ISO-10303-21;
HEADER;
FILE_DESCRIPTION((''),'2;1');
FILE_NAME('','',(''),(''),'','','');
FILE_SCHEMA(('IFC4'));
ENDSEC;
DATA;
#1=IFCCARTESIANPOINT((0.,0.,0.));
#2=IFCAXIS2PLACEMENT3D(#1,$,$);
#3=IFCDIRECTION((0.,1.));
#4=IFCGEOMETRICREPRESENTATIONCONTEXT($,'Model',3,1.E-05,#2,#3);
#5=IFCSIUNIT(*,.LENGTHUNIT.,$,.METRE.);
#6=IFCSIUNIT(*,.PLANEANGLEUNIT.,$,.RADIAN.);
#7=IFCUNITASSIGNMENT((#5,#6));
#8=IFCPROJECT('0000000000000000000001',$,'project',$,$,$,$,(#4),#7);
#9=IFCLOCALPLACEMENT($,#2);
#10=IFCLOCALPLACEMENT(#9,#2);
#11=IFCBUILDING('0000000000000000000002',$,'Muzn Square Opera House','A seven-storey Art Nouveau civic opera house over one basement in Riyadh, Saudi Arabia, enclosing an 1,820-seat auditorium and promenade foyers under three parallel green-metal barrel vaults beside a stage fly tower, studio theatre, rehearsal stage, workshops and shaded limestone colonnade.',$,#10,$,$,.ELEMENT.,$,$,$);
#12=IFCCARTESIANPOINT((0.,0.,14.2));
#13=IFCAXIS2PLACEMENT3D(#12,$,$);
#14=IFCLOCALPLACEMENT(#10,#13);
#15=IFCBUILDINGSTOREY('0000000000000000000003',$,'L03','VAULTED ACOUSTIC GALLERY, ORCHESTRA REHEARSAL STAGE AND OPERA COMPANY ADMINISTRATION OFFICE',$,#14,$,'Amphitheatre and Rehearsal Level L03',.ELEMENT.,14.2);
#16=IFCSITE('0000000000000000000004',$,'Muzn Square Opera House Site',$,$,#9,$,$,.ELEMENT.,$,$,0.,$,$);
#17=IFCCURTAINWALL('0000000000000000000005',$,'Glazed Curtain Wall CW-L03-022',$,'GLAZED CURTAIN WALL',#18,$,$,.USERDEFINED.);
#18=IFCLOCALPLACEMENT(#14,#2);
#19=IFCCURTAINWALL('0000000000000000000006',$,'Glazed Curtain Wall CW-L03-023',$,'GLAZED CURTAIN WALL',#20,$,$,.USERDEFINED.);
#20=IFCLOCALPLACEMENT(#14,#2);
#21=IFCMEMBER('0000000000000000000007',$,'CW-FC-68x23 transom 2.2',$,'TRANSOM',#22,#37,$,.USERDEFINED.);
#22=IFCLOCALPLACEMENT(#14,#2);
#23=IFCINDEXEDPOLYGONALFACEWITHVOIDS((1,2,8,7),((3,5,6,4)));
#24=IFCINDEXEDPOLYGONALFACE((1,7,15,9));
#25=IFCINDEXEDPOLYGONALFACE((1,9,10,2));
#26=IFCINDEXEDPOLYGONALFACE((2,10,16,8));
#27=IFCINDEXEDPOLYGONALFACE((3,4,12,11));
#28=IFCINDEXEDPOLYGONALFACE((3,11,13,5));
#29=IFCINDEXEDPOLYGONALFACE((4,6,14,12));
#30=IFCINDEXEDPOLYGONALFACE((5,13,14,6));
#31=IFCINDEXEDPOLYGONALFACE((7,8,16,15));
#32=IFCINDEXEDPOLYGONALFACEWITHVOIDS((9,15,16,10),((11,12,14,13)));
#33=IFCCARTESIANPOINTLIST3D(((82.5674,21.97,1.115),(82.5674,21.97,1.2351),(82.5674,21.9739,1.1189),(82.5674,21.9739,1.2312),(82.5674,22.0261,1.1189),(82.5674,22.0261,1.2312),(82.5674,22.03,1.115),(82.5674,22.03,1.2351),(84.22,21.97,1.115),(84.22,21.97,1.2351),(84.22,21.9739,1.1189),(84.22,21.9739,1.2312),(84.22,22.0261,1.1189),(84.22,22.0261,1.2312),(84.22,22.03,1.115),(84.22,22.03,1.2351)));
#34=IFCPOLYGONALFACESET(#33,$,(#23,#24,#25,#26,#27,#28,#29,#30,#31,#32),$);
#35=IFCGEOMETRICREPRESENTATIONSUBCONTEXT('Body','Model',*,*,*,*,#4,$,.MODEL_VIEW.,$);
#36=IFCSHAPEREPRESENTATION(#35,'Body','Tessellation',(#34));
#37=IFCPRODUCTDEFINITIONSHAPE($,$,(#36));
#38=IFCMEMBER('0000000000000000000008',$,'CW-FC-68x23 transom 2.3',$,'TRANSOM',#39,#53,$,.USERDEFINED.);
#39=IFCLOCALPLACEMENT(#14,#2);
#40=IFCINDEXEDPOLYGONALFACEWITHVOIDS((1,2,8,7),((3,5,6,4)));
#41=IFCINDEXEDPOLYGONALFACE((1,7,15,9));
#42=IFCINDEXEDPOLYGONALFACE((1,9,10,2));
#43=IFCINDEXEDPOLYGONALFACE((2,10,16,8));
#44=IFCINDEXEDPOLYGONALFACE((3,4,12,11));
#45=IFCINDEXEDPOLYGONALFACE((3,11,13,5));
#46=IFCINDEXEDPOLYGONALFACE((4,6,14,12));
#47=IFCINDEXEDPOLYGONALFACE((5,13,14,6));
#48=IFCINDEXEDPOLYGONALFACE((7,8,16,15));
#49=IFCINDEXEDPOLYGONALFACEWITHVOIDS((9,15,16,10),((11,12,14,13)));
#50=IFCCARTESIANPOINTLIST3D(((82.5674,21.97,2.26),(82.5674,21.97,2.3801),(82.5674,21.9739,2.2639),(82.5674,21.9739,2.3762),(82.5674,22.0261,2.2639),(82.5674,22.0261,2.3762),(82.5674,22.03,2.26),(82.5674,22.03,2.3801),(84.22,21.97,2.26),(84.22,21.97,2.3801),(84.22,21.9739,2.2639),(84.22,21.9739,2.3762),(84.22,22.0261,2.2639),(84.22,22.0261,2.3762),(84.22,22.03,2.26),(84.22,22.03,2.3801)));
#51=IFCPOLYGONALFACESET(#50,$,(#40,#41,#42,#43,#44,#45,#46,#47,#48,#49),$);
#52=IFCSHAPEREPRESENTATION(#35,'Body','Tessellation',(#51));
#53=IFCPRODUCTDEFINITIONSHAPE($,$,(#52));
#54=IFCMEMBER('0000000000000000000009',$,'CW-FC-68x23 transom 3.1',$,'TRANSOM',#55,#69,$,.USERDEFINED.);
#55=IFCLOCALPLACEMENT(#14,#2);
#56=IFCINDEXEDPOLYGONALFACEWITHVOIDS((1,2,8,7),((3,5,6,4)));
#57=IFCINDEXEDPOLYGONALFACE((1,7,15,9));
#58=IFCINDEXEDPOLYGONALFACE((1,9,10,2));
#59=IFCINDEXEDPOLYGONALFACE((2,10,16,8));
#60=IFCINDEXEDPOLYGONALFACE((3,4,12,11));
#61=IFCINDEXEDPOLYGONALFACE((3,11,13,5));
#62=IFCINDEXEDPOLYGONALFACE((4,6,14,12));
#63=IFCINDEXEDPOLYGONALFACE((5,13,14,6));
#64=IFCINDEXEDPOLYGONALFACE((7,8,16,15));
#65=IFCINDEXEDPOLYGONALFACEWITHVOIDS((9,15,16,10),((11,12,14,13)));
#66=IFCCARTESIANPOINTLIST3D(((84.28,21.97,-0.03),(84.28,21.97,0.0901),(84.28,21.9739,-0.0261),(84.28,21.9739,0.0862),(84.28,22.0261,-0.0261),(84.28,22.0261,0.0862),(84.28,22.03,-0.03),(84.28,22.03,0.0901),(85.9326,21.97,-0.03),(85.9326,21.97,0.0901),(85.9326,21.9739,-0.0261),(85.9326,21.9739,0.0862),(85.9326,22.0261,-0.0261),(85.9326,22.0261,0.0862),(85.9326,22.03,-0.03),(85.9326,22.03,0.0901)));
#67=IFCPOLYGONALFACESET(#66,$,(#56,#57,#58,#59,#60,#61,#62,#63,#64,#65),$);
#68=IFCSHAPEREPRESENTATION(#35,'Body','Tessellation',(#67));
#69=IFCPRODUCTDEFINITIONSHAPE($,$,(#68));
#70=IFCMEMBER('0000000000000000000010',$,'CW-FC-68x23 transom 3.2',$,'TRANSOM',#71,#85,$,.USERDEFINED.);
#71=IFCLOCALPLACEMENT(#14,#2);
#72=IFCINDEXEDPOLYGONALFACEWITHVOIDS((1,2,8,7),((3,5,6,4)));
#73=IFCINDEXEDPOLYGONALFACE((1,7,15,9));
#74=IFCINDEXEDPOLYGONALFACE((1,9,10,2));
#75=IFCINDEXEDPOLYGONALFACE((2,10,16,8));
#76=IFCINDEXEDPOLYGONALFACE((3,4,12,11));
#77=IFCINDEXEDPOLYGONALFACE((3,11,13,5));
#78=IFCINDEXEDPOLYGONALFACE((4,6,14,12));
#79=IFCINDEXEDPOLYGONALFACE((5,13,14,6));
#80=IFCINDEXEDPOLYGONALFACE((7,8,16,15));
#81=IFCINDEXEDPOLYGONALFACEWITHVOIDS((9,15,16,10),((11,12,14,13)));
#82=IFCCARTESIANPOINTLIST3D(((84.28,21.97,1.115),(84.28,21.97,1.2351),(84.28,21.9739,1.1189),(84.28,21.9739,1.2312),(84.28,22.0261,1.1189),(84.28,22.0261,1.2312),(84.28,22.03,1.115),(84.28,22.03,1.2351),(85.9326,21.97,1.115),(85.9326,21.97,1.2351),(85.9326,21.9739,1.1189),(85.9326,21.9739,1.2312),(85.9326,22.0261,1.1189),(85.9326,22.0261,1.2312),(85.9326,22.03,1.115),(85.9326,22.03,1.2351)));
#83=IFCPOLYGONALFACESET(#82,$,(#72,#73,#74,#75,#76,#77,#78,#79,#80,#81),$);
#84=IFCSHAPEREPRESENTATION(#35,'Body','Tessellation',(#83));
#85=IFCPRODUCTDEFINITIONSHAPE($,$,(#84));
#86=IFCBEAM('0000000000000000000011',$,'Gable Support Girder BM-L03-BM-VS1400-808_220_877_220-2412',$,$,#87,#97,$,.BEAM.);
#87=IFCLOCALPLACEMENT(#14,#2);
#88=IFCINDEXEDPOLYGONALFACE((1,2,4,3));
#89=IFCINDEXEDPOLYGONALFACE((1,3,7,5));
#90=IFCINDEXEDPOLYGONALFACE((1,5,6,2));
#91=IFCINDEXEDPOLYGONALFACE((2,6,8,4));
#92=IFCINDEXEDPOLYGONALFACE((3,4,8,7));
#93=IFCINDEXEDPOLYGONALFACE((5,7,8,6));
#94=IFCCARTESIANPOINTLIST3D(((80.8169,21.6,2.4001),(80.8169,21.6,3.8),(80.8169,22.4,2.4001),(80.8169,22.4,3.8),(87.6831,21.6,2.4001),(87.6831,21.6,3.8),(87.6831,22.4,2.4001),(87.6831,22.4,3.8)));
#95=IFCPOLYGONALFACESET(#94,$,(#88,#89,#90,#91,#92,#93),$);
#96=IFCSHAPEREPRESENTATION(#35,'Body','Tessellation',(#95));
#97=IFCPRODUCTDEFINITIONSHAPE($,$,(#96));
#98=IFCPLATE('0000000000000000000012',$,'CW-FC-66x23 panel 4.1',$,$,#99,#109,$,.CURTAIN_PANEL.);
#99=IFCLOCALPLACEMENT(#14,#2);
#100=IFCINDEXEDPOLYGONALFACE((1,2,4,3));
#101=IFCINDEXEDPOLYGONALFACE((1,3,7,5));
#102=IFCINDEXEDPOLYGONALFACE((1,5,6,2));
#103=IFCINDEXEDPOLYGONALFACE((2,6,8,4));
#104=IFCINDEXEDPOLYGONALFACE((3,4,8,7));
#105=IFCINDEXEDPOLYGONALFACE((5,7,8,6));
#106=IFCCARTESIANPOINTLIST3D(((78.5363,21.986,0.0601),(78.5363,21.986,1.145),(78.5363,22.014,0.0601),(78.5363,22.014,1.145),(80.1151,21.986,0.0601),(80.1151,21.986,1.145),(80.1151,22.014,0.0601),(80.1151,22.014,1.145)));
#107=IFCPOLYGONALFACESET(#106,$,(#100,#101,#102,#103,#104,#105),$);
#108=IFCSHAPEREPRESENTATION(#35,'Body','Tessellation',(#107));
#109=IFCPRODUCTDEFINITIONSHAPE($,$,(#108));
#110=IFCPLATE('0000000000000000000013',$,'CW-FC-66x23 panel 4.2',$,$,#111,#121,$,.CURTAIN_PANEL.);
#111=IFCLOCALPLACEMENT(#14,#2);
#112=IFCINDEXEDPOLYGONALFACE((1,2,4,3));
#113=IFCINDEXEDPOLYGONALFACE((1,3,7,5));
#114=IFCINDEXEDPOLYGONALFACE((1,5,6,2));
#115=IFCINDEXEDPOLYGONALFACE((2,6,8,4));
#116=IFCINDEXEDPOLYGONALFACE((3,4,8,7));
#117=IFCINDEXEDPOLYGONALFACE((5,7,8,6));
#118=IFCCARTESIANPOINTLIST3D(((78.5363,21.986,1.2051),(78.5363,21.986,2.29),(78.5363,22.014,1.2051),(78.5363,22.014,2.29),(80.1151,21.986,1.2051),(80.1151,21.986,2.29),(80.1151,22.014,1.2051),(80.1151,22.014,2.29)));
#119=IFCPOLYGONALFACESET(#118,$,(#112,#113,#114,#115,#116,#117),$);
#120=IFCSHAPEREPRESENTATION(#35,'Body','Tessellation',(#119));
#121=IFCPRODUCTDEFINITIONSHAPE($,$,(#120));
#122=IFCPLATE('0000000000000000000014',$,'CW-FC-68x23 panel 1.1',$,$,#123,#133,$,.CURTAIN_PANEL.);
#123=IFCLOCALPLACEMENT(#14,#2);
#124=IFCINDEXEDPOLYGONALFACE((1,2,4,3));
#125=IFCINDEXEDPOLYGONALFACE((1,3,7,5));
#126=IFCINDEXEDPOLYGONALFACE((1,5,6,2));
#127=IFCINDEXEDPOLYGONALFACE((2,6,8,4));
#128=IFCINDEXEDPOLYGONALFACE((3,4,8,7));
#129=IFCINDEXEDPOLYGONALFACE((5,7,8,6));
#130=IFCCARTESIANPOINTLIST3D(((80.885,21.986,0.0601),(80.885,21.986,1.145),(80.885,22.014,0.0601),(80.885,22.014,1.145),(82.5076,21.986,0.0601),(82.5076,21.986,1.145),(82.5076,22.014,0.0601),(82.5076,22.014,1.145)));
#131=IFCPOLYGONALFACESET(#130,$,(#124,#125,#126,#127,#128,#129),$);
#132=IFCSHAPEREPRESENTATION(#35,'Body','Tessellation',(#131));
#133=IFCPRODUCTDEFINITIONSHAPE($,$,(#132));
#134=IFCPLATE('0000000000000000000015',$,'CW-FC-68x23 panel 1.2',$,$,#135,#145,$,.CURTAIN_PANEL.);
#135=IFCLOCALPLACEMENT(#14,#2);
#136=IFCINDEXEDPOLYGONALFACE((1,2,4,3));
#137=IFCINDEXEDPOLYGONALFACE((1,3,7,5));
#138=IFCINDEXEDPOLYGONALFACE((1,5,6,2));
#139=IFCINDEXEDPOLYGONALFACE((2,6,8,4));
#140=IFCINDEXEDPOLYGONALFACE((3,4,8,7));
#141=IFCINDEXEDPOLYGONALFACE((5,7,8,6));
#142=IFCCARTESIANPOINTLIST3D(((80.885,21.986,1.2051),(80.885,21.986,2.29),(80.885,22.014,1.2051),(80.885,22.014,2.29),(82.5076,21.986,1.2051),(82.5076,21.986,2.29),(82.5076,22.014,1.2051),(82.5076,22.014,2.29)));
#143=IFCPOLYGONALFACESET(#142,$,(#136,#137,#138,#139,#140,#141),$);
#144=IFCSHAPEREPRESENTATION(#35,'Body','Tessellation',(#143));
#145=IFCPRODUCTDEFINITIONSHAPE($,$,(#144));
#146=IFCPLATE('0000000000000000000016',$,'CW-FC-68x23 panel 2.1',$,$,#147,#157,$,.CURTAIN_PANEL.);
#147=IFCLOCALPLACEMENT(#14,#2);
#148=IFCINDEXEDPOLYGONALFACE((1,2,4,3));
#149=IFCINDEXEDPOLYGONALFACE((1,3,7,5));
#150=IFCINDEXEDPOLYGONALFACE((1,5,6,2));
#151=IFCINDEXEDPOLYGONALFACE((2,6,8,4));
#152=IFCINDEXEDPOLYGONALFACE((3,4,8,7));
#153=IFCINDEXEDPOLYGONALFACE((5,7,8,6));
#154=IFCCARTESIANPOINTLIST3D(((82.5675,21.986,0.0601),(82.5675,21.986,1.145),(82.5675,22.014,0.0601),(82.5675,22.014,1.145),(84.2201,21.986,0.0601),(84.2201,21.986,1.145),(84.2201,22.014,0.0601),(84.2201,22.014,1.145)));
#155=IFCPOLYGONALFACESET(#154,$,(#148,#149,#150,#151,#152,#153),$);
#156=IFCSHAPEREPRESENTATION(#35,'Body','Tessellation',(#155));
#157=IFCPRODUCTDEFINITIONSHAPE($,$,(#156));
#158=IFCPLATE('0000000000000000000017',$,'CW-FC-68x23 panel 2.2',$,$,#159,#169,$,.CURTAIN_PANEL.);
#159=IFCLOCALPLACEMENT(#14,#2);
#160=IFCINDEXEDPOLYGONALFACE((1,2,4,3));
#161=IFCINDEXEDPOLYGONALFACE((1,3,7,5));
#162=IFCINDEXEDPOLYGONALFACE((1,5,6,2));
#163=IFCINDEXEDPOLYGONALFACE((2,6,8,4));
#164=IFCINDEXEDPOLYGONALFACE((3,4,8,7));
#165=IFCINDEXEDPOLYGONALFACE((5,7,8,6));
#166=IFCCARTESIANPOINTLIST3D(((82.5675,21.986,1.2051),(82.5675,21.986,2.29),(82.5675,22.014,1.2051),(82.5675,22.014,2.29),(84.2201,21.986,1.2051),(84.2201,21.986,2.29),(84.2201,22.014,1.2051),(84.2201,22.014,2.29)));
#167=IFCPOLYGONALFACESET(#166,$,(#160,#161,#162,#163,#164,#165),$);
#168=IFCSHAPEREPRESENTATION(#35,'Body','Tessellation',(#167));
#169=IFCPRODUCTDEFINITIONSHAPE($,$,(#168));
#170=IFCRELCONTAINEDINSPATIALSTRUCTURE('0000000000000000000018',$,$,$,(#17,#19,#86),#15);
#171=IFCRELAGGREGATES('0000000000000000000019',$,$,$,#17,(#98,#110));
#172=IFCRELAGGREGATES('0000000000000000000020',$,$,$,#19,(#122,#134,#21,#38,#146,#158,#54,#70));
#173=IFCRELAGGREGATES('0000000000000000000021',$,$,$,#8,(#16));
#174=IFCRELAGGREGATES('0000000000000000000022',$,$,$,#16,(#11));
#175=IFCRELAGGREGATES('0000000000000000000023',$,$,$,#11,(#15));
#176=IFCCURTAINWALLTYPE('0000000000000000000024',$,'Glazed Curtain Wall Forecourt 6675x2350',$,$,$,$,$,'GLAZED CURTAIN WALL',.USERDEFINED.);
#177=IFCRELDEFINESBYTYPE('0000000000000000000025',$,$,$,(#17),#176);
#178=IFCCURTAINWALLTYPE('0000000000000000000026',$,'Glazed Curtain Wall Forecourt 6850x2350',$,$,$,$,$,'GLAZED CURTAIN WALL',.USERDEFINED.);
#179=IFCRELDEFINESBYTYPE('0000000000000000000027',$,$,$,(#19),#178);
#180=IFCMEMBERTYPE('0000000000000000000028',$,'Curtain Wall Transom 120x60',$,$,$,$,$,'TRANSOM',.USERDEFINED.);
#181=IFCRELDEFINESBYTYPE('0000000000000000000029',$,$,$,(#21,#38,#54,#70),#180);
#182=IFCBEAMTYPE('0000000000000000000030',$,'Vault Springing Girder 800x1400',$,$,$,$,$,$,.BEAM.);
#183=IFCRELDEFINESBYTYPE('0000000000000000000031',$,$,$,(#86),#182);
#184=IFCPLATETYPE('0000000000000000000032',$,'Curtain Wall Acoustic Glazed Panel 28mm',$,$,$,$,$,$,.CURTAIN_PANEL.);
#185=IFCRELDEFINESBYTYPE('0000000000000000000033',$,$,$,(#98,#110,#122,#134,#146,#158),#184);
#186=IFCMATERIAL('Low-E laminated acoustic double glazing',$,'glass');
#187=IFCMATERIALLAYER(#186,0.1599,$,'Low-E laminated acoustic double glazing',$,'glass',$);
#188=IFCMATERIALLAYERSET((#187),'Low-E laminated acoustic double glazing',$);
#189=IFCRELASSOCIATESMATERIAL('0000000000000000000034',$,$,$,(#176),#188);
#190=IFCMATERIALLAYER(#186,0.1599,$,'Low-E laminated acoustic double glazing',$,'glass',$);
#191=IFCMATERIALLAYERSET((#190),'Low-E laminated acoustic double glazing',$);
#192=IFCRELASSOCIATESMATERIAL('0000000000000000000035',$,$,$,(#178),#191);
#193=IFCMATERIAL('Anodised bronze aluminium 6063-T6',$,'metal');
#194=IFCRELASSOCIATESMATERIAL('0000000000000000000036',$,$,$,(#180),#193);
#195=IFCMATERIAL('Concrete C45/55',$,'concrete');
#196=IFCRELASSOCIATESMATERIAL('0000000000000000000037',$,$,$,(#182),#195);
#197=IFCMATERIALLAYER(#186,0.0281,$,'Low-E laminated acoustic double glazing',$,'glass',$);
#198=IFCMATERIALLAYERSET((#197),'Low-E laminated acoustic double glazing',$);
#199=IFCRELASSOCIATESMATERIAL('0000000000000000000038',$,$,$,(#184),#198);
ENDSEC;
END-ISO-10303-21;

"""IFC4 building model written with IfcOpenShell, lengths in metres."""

from ifc_helpers import new_model, si_unit, direction, frame, origin, origin_2d, place, context, subcontext, project, spatial, rectangle, hollow_rectangle, extrude, material, layer, layer_set, material_profile, profile_set, type_object, element, aggregate, save


model = new_model("IFC4")

# Units and contexts
model_context = context("Model", 3, precision=1e-05, world=origin(), true_north=direction((0.0, 1.0)))
body_context = subcontext(model_context, "Body", "Model", "MODEL_VIEW")
ifc_project = project(units=[si_unit("LENGTHUNIT", "METRE"), si_unit("PLANEANGLEUNIT", "RADIAN")], contexts=[model_context])

# Site, building, storey
site_placement = place(None, origin())
site = spatial("IfcSite", under=ifc_project, at=site_placement, Name="Muzn Square Opera House Site", CompositionType="ELEMENT", RefElevation=0.0)
building_placement = place(site_placement, origin())
building = spatial("IfcBuilding", under=site, at=building_placement, Name="Muzn Square Opera House", Description="A seven-storey Art Nouveau civic opera house over one basement in Riyadh, Saudi Arabia, enclosing an 1,820-seat auditorium and promenade foyers under three parallel green-metal barrel vaults beside a stage fly tower, studio theatre, rehearsal stage, workshops and shaded limestone colonnade.", CompositionType="ELEMENT")
storey_placement = place(building_placement, frame((0.0, 0.0, 14.2)))
storey = spatial("IfcBuildingStorey", under=building, at=storey_placement, Name="L03", Description="VAULTED ACOUSTIC GALLERY, ORCHESTRA REHEARSAL STAGE AND OPERA COMPANY ADMINISTRATION OFFICE", LongName="Amphitheatre and Rehearsal Level L03", CompositionType="ELEMENT", Elevation=14.2)

# Shared definitions
ifc_material_1 = material(Name="Concrete C45/55", Category="concrete")

# Curtain wall
ifc_material_2 = material(Name="Low-E laminated acoustic double glazing", Category="glass")
ifc_layer_1 = layer(ifc_material_2, 0.1599, Name="Low-E laminated acoustic double glazing", Category="glass")
ifc_layer_set_1 = layer_set([ifc_layer_1], Name="Low-E laminated acoustic double glazing")
curtain_wall_type_1 = type_object("IfcCurtainWallType", Name="Glazed Curtain Wall Forecourt 6675x2350", ElementType="GLAZED CURTAIN WALL", PredefinedType="USERDEFINED", material=ifc_layer_set_1)
curtain_wall_1_placement = place(storey_placement, origin())
curtain_wall_1 = element("IfcCurtainWall", 1, at=curtain_wall_1_placement, inside=storey, type_object=curtain_wall_type_1, Name="Glazed Curtain Wall CW-L03-022", ObjectType="GLAZED CURTAIN WALL", PredefinedType="USERDEFINED")
ifc_material_3 = material(Name="Anodised bronze aluminium 6063-T6", Category="metal")

# Curtain wall
ifc_layer_2 = layer(ifc_material_2, 0.1599, Name="Low-E laminated acoustic double glazing", Category="glass")
ifc_layer_set_2 = layer_set([ifc_layer_2], Name="Low-E laminated acoustic double glazing")
curtain_wall_type_2 = type_object("IfcCurtainWallType", Name="Glazed Curtain Wall Forecourt 6850x2350", ElementType="GLAZED CURTAIN WALL", PredefinedType="USERDEFINED", material=ifc_layer_set_2)
curtain_wall_2_placement = place(storey_placement, origin())
curtain_wall_2 = element("IfcCurtainWall", 2, at=curtain_wall_2_placement, inside=storey, type_object=curtain_wall_type_2, Name="Glazed Curtain Wall CW-L03-023", ObjectType="GLAZED CURTAIN WALL", PredefinedType="USERDEFINED")

# Members
ifc_material_profile_1 = material_profile(ifc_material_3, hollow_rectangle(XDim=0.0601, YDim=0.1201, WallThickness=0.0039, at=origin_2d()), Name="ALU 120x60x4", Category="metal")
ifc_profile_set_1 = profile_set([ifc_material_profile_1], Name="Anodised bronze aluminium 6063-T6")
member_type_1 = type_object("IfcMemberType", Name="Curtain Wall Transom 120x60", ElementType="TRANSOM", PredefinedType="USERDEFINED", material=ifc_profile_set_1)
member_1_placement = place(storey_placement, frame((82.5674, 22.0, 1.175), z_axis=(1.0, 0.0, 0.0), x_axis=(0.0, 1.0, 0.0)))
member_1 = element("IfcMember", 3, at=member_1_placement, type_object=member_type_1, Name="CW-FC-68x23 transom 2.2", ObjectType="TRANSOM", PredefinedType="USERDEFINED", context=body_context, shape_type="SweptSolid", body=[
    extrude(hollow_rectangle(XDim=0.0601, YDim=0.1201, WallThickness=0.0039, at=origin_2d()), origin(), (0.0, 0.0, 1.0), 1.6526),
])
member_2_placement = place(storey_placement, frame((82.5674, 22.0, 2.3201), z_axis=(1.0, 0.0, 0.0), x_axis=(0.0, 1.0, 0.0)))
member_2 = element("IfcMember", 4, at=member_2_placement, type_object=member_type_1, Name="CW-FC-68x23 transom 2.3", ObjectType="TRANSOM", PredefinedType="USERDEFINED", context=body_context, shape_type="SweptSolid", body=[
    extrude(hollow_rectangle(XDim=0.0601, YDim=0.1201, WallThickness=0.0039, at=origin_2d()), origin(), (0.0, 0.0, 1.0), 1.6526),
])
member_3_placement = place(storey_placement, frame((84.28, 22.0, 0.03), z_axis=(1.0, 0.0, 0.0), x_axis=(0.0, 1.0, 0.0)))
member_3 = element("IfcMember", 5, at=member_3_placement, type_object=member_type_1, Name="CW-FC-68x23 transom 3.1", ObjectType="TRANSOM", PredefinedType="USERDEFINED", context=body_context, shape_type="SweptSolid", body=[
    extrude(hollow_rectangle(XDim=0.0601, YDim=0.1201, WallThickness=0.0039, at=origin_2d()), origin(), (0.0, 0.0, 1.0), 1.6526),
])
member_4_placement = place(storey_placement, frame((84.28, 22.0, 1.175), z_axis=(1.0, 0.0, 0.0), x_axis=(0.0, 1.0, 0.0)))
member_4 = element("IfcMember", 6, at=member_4_placement, type_object=member_type_1, Name="CW-FC-68x23 transom 3.2", ObjectType="TRANSOM", PredefinedType="USERDEFINED", context=body_context, shape_type="SweptSolid", body=[
    extrude(hollow_rectangle(XDim=0.0601, YDim=0.1201, WallThickness=0.0039, at=origin_2d()), origin(), (0.0, 0.0, 1.0), 1.6526),
])

# Beam
ifc_material_profile_2 = material_profile(ifc_material_1, rectangle(XDim=0.8, YDim=1.3999, at=origin_2d()), Name="RCB 800x1400", Category="concrete")
ifc_profile_set_2 = profile_set([ifc_material_profile_2], Name="Concrete C45/55")
beam_type = type_object("IfcBeamType", Name="Vault Springing Girder 800x1400", PredefinedType="BEAM", material=ifc_profile_set_2)
beam_placement = place(storey_placement, frame((80.8169, 22.0, 3.1001), z_axis=(1.0, 0.0, 0.0), x_axis=(0.0, 1.0, 0.0)))
element("IfcBeam", 7, at=beam_placement, inside=storey, type_object=beam_type, Name="Gable Support Girder BM-L03-BM-VS1400-808_220_877_220-2412", PredefinedType="BEAM", context=body_context, shape_type="SweptSolid", body=[
    extrude(rectangle(XDim=0.8, YDim=1.3999, at=origin_2d()), origin(), (0.0, 0.0, 1.0), 6.8662),
])

# Plates
ifc_layer_3 = layer(ifc_material_2, 0.0281, Name="Low-E laminated acoustic double glazing", Category="glass")
ifc_layer_set_3 = layer_set([ifc_layer_3], Name="Low-E laminated acoustic double glazing")
plate_type = type_object("IfcPlateType", Name="Curtain Wall Acoustic Glazed Panel 28mm", PredefinedType="CURTAIN_PANEL", material=ifc_layer_set_3)
plate_1_placement = place(storey_placement, frame((79.3257, 22.0, 0.0601), z_axis=(0.0, 0.0, 1.0), x_axis=(1.0, 0.0, 0.0)))
plate_1 = element("IfcPlate", 8, at=plate_1_placement, type_object=plate_type, Name="CW-FC-66x23 panel 4.1", PredefinedType="CURTAIN_PANEL", context=body_context, shape_type="SweptSolid", body=[
    extrude(rectangle(XDim=1.5789, YDim=0.0281, at=origin_2d()), origin(), (0.0, 0.0, 1.0), 1.085),
])
plate_2_placement = place(storey_placement, frame((79.3257, 22.0, 1.2051), z_axis=(0.0, 0.0, 1.0), x_axis=(1.0, 0.0, 0.0)))
plate_2 = element("IfcPlate", 9, at=plate_2_placement, type_object=plate_type, Name="CW-FC-66x23 panel 4.2", PredefinedType="CURTAIN_PANEL", context=body_context, shape_type="SweptSolid", body=[
    extrude(rectangle(XDim=1.5789, YDim=0.0281, at=origin_2d()), origin(), (0.0, 0.0, 1.0), 1.085),
])
aggregate(curtain_wall_1, [plate_1, plate_2])
plate_3_placement = place(storey_placement, frame((81.6963, 22.0, 0.0601), z_axis=(0.0, 0.0, 1.0), x_axis=(1.0, 0.0, 0.0)))
plate_3 = element("IfcPlate", 10, at=plate_3_placement, type_object=plate_type, Name="CW-FC-68x23 panel 1.1", PredefinedType="CURTAIN_PANEL", context=body_context, shape_type="SweptSolid", body=[
    extrude(rectangle(XDim=1.6226, YDim=0.0281, at=origin_2d()), origin(), (0.0, 0.0, 1.0), 1.085),
])
plate_4_placement = place(storey_placement, frame((81.6963, 22.0, 1.2051), z_axis=(0.0, 0.0, 1.0), x_axis=(1.0, 0.0, 0.0)))
plate_4 = element("IfcPlate", 11, at=plate_4_placement, type_object=plate_type, Name="CW-FC-68x23 panel 1.2", PredefinedType="CURTAIN_PANEL", context=body_context, shape_type="SweptSolid", body=[
    extrude(rectangle(XDim=1.6226, YDim=0.0281, at=origin_2d()), origin(), (0.0, 0.0, 1.0), 1.085),
])
plate_5_placement = place(storey_placement, frame((83.3938, 22.0, 0.0601), z_axis=(0.0, 0.0, 1.0), x_axis=(1.0, 0.0, 0.0)))
plate_5 = element("IfcPlate", 12, at=plate_5_placement, type_object=plate_type, Name="CW-FC-68x23 panel 2.1", PredefinedType="CURTAIN_PANEL", context=body_context, shape_type="SweptSolid", body=[
    extrude(rectangle(XDim=1.6526, YDim=0.0281, at=origin_2d()), origin(), (0.0, 0.0, 1.0), 1.085),
])
plate_6_placement = place(storey_placement, frame((83.3938, 22.0, 1.2051), z_axis=(0.0, 0.0, 1.0), x_axis=(1.0, 0.0, 0.0)))
plate_6 = element("IfcPlate", 13, at=plate_6_placement, type_object=plate_type, Name="CW-FC-68x23 panel 2.2", PredefinedType="CURTAIN_PANEL", context=body_context, shape_type="SweptSolid", body=[
    extrude(rectangle(XDim=1.6526, YDim=0.0281, at=origin_2d()), origin(), (0.0, 0.0, 1.0), 1.085),
])
aggregate(curtain_wall_2, [plate_3, plate_4, member_1, member_2, plate_5, plate_6, member_3, member_4])

save(model, "model.ifc")
